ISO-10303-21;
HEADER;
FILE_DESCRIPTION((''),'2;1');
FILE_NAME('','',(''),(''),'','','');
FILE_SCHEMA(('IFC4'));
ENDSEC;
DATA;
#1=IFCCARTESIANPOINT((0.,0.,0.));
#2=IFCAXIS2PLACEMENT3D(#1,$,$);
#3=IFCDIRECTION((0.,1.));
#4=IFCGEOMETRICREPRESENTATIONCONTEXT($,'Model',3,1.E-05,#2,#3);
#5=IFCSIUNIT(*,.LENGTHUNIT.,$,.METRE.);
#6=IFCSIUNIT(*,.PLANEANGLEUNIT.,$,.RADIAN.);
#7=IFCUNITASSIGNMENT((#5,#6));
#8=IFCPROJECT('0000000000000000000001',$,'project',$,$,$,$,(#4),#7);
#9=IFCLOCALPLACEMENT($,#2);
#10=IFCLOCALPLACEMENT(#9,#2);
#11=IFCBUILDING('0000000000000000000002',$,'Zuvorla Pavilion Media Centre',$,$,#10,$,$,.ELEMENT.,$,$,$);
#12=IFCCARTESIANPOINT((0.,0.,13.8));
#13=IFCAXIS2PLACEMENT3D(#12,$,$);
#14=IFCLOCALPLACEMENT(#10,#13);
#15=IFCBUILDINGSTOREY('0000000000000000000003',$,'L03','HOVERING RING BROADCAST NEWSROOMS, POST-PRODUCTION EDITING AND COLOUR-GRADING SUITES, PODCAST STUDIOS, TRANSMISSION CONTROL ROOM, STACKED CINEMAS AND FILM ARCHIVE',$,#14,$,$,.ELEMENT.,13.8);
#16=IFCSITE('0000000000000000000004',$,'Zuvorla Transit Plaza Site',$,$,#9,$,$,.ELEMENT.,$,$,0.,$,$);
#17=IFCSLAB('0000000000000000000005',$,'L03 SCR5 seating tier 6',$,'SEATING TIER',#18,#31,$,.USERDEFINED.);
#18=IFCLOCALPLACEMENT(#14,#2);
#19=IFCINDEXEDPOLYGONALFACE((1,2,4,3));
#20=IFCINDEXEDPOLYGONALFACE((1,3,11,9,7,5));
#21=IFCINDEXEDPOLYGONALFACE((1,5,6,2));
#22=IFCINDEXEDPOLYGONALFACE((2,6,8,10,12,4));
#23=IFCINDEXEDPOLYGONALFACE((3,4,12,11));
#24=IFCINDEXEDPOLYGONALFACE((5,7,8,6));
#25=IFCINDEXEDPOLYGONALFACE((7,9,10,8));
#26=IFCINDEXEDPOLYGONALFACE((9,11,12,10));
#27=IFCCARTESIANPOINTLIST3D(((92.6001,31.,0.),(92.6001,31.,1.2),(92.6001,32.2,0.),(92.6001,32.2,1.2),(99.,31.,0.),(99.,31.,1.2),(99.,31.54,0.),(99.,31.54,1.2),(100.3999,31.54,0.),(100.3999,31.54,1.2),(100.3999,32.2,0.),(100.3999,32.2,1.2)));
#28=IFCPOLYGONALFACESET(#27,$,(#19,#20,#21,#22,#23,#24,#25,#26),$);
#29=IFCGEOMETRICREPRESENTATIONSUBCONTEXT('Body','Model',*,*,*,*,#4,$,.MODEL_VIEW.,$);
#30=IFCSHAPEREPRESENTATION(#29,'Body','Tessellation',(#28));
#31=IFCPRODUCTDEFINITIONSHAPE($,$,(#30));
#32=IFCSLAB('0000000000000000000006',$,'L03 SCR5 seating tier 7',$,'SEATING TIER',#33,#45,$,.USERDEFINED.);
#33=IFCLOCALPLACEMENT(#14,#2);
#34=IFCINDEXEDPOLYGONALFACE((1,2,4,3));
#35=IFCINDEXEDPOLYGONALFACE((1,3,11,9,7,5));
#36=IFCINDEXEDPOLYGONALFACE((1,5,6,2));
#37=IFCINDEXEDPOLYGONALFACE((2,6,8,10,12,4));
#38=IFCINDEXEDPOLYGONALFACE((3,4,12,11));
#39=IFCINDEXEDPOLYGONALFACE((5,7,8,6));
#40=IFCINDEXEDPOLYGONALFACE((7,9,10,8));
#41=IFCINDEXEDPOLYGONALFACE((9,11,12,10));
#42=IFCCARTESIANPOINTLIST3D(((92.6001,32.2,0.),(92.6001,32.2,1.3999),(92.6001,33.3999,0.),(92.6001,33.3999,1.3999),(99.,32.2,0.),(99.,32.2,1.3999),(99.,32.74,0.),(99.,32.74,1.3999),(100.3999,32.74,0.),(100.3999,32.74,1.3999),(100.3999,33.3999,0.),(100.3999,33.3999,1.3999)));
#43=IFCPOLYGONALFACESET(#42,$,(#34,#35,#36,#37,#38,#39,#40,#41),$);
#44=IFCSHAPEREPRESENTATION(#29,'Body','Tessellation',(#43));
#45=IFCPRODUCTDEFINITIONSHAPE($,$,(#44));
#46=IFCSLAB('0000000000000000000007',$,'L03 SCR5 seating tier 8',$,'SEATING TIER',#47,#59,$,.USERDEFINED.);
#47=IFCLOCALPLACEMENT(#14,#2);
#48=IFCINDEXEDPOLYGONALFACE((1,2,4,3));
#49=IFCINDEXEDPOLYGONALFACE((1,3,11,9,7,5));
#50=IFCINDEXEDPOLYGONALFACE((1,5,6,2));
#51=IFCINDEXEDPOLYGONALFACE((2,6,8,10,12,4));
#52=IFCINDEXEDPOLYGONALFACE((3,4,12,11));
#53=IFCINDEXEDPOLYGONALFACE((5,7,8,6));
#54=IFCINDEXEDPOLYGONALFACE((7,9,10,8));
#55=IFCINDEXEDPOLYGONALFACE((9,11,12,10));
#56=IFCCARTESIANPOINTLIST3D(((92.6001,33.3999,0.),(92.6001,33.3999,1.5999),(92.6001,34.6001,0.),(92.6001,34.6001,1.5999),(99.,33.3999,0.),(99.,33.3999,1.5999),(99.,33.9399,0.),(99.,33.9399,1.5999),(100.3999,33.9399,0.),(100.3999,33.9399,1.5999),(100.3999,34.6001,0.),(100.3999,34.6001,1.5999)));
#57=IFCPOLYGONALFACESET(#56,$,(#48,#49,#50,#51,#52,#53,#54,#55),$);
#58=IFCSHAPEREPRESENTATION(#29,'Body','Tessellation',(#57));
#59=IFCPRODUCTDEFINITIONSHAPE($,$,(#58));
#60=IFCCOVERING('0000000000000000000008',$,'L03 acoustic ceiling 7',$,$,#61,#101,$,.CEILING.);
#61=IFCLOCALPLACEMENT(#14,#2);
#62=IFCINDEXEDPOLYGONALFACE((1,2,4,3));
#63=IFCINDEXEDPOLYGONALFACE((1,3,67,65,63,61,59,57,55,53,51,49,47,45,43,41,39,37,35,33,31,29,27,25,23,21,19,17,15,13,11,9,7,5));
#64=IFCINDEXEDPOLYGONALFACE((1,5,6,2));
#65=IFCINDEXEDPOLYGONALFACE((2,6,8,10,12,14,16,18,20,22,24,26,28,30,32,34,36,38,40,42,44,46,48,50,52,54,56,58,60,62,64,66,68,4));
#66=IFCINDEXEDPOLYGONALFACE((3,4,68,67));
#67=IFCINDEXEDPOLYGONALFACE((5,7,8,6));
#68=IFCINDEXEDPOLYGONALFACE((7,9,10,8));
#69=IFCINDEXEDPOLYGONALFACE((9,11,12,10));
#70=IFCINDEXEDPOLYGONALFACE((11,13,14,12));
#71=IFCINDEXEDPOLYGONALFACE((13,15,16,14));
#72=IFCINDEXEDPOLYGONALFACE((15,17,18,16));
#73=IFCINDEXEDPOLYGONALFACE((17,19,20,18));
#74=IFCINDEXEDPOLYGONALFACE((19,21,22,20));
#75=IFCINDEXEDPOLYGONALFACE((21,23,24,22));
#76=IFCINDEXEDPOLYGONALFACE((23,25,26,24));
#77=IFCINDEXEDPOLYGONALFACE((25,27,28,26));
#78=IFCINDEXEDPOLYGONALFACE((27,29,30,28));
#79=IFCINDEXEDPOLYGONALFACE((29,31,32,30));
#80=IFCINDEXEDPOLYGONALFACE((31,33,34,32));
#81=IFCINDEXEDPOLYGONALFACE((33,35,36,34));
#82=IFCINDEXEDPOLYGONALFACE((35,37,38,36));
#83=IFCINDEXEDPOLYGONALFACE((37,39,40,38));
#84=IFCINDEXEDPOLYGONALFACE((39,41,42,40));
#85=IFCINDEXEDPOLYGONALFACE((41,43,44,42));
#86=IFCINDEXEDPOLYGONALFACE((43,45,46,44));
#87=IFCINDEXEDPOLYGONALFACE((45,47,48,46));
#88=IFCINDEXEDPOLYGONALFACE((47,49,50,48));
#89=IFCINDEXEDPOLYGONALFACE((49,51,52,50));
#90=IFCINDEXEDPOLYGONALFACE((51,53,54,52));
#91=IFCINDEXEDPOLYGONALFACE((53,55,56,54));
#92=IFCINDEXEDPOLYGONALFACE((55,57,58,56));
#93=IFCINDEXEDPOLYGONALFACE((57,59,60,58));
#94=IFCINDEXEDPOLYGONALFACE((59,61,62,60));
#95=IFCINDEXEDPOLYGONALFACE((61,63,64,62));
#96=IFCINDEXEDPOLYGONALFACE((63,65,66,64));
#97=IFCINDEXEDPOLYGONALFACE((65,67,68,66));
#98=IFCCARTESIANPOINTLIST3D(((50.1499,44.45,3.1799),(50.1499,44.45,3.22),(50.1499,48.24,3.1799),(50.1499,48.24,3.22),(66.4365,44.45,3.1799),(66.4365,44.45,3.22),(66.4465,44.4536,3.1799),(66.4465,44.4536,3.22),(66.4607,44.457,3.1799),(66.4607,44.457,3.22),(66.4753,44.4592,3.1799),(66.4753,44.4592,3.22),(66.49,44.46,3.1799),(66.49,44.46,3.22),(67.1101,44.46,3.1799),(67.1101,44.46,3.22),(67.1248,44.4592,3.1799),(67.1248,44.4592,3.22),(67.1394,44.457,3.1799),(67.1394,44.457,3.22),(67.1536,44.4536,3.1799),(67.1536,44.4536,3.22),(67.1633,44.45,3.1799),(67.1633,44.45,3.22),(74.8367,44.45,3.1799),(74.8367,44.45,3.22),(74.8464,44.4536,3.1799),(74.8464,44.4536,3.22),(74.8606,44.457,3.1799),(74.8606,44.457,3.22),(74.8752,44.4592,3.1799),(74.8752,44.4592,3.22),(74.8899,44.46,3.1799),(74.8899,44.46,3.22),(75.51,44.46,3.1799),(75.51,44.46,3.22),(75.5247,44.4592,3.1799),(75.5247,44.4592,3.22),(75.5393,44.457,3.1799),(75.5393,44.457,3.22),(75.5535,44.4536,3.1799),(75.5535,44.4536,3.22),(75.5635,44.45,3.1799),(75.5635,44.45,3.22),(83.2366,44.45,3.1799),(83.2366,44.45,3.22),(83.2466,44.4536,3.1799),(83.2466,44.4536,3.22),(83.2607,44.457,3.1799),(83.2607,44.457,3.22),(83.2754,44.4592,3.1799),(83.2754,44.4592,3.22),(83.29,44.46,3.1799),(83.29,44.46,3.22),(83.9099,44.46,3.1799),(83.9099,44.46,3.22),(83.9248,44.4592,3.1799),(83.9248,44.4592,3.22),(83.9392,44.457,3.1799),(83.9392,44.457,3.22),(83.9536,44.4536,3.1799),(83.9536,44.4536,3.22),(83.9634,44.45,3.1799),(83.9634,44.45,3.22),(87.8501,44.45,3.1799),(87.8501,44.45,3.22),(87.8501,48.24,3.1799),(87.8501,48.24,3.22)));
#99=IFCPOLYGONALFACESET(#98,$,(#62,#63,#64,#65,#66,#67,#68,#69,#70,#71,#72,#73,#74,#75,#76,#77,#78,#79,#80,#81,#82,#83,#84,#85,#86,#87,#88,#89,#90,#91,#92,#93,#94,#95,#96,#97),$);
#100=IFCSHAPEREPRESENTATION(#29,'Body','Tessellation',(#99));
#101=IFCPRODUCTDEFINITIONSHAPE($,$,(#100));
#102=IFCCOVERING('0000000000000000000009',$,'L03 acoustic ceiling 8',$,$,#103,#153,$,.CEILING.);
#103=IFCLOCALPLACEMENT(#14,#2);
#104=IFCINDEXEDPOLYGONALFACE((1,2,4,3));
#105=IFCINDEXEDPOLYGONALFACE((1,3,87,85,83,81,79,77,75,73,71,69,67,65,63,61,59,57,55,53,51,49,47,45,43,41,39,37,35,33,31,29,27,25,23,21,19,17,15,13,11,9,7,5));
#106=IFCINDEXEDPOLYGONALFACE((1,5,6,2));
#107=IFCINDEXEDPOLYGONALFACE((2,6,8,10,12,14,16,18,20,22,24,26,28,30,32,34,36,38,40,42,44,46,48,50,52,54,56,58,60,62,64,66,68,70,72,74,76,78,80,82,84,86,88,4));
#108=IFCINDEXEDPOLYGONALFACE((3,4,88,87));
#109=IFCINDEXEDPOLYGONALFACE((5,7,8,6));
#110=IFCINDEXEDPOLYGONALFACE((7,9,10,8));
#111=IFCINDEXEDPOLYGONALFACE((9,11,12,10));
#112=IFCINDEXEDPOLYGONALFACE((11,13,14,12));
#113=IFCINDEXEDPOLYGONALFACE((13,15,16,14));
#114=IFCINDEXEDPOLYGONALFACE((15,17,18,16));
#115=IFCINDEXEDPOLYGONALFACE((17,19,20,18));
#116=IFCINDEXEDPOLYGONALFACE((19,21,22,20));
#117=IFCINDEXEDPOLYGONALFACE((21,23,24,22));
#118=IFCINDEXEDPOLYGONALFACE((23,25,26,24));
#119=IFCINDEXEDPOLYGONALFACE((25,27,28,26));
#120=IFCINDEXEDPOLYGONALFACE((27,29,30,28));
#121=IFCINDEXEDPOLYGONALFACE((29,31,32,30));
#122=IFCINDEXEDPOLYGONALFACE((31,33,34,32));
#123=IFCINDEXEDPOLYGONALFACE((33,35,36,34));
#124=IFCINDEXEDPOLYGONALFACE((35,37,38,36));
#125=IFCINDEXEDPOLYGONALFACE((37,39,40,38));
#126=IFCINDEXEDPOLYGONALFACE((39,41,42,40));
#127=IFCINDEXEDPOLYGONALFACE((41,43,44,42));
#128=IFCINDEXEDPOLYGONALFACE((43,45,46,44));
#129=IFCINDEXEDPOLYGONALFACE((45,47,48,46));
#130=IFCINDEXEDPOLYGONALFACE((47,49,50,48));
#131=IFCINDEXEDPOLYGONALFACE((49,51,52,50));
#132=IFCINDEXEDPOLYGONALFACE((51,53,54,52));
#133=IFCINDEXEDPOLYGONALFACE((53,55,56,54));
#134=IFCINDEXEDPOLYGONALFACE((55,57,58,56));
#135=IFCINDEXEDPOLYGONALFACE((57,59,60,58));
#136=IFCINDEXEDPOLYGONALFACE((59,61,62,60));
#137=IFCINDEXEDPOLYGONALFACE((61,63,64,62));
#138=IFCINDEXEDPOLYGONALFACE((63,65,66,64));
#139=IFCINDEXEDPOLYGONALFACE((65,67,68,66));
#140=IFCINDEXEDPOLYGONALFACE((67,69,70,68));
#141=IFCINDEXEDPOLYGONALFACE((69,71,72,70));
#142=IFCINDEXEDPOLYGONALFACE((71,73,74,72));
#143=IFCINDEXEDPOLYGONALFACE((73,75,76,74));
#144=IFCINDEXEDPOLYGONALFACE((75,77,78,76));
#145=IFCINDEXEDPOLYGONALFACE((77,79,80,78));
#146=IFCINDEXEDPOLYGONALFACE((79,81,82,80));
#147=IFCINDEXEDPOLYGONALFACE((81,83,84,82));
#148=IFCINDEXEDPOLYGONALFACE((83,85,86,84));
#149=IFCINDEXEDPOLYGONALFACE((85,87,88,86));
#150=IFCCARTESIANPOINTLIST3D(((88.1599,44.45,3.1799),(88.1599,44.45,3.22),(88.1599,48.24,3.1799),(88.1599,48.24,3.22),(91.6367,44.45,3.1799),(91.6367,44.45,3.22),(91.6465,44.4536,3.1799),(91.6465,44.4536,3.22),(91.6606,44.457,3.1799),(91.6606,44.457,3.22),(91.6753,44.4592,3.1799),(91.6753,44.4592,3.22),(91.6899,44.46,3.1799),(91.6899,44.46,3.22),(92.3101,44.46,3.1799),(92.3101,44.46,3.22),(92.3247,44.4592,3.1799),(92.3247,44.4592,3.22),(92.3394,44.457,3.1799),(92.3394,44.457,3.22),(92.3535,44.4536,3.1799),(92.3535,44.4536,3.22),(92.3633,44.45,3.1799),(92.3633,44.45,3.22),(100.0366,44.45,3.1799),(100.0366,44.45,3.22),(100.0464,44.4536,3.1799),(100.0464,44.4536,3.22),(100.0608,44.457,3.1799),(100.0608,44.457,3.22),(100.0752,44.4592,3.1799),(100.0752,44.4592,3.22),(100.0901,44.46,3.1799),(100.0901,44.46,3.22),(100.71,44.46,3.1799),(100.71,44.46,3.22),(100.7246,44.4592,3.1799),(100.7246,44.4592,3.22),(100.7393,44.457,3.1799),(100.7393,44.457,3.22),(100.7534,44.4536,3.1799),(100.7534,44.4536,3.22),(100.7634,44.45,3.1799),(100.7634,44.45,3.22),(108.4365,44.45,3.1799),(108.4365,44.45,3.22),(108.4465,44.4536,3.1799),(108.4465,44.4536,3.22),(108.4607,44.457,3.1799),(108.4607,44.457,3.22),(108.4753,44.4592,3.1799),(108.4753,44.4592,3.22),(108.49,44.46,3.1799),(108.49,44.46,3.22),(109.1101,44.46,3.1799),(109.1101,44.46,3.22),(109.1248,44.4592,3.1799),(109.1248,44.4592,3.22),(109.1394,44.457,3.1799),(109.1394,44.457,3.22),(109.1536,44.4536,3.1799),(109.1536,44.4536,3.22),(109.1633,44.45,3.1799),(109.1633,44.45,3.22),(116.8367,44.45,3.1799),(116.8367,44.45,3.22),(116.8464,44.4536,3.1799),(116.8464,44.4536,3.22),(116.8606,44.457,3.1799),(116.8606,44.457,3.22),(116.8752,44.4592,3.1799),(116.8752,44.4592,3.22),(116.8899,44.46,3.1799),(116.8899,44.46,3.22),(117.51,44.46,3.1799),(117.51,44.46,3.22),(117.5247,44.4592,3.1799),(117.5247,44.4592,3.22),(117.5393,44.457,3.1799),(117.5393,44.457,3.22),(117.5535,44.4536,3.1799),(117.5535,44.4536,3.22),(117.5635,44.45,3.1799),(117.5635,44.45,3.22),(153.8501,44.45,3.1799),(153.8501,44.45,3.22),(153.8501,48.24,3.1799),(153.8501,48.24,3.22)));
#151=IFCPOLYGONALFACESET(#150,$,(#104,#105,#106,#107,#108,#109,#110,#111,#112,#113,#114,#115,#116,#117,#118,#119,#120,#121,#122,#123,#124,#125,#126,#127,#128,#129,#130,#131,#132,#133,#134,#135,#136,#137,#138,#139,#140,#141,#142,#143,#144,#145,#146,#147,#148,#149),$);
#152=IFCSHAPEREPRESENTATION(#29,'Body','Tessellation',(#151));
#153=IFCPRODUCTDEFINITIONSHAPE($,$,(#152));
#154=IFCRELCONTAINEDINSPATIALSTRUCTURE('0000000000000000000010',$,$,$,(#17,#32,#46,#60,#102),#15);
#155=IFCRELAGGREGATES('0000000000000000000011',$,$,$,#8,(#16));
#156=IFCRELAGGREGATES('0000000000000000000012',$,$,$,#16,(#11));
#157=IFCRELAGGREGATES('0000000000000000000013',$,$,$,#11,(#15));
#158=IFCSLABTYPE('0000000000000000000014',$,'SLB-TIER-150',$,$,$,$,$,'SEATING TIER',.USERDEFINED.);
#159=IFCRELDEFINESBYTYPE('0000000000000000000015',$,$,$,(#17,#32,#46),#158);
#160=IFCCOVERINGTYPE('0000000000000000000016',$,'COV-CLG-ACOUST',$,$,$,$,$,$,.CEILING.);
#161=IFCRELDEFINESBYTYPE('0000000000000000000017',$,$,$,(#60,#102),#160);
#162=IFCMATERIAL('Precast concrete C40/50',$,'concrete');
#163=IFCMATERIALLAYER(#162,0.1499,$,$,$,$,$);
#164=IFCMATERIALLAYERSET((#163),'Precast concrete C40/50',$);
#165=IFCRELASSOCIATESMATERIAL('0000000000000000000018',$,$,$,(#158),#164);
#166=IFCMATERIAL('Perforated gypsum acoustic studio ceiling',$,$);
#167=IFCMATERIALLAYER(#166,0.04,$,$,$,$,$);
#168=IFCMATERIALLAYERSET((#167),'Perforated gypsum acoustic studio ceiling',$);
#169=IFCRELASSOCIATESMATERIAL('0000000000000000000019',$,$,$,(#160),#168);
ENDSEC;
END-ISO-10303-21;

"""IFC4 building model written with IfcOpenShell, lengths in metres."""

from ifc_helpers import new_model, si_unit, direction, frame, origin, place, context, subcontext, project, spatial, polyline, outline, extrude, material, layer, layer_set, type_object, element, save


model = new_model("IFC4")

# Units and contexts
model_context = context("Model", 3, precision=1e-05, world=origin(), true_north=direction((0.0, 1.0)))
body_context = subcontext(model_context, "Body", "Model", "MODEL_VIEW")
ifc_project = project(units=[si_unit("LENGTHUNIT", "METRE"), si_unit("PLANEANGLEUNIT", "RADIAN")], contexts=[model_context])

# Site, building, storey
site_placement = place(None, origin())
site = spatial("IfcSite", under=ifc_project, at=site_placement, Name="Zuvorla Transit Plaza Site", CompositionType="ELEMENT", RefElevation=0.0)
building_placement = place(site_placement, origin())
building = spatial("IfcBuilding", under=site, at=building_placement, Name="Zuvorla Pavilion Media Centre", CompositionType="ELEMENT")
storey_placement = place(building_placement, frame((0.0, 0.0, 13.8)))
storey = spatial("IfcBuildingStorey", under=building, at=storey_placement, Name="L03", Description="HOVERING RING BROADCAST NEWSROOMS, POST-PRODUCTION EDITING AND COLOUR-GRADING SUITES, PODCAST STUDIOS, TRANSMISSION CONTROL ROOM, STACKED CINEMAS AND FILM ARCHIVE", CompositionType="ELEMENT", Elevation=13.8)

# Slabs
ifc_material_1 = material(Name="Precast concrete C40/50", Category="concrete")
ifc_layer_1 = layer(ifc_material_1, 0.1499)
ifc_layer_set_1 = layer_set([ifc_layer_1], Name="Precast concrete C40/50")
slab_type_1 = type_object("IfcSlabType", Name="SLB-TIER-150", ElementType="SEATING TIER", PredefinedType="USERDEFINED", material=ifc_layer_set_1)
slab_1_placement = place(storey_placement, origin())
element("IfcSlab", 1, at=slab_1_placement, inside=storey, type_object=slab_type_1, Name="L03 SCR5 seating tier 6", ObjectType="SEATING TIER", PredefinedType="USERDEFINED", context=body_context, shape_type="SweptSolid", body=[
    extrude(outline(polyline([(92.6001, 31.0), (99.0, 31.0), (99.0, 31.54), (100.3999, 31.54), (100.3999, 32.2), (92.6001, 32.2), (92.6001, 31.0)])), origin(), (0.0, 0.0, 1.0), 1.2),
])
slab_2_placement = place(storey_placement, origin())
element("IfcSlab", 2, at=slab_2_placement, inside=storey, type_object=slab_type_1, Name="L03 SCR5 seating tier 7", ObjectType="SEATING TIER", PredefinedType="USERDEFINED", context=body_context, shape_type="SweptSolid", body=[
    extrude(outline(polyline([(92.6001, 32.2), (99.0, 32.2), (99.0, 32.74), (100.3999, 32.74), (100.3999, 33.3999), (92.6001, 33.3999), (92.6001, 32.2)])), origin(), (0.0, 0.0, 1.0), 1.3999),
])
slab_3_placement = place(storey_placement, origin())
element("IfcSlab", 3, at=slab_3_placement, inside=storey, type_object=slab_type_1, Name="L03 SCR5 seating tier 8", ObjectType="SEATING TIER", PredefinedType="USERDEFINED", context=body_context, shape_type="SweptSolid", body=[
    extrude(outline(polyline([(92.6001, 33.3999), (99.0, 33.3999), (99.0, 33.9399), (100.3999, 33.9399), (100.3999, 34.6001), (92.6001, 34.6001), (92.6001, 33.3999)])), origin(), (0.0, 0.0, 1.0), 1.5999),
])

# Coverings
ifc_material_2 = material(Name="Perforated gypsum acoustic studio ceiling")
ifc_layer_2 = layer(ifc_material_2, 0.04)
ifc_layer_set_2 = layer_set([ifc_layer_2], Name="Perforated gypsum acoustic studio ceiling")
covering_type_1 = type_object("IfcCoveringType", Name="COV-CLG-ACOUST", PredefinedType="CEILING", material=ifc_layer_set_2)
covering_1_placement = place(storey_placement, frame((0.0, 0.0, 3.1799)))
element("IfcCovering", 4, at=covering_1_placement, inside=storey, type_object=covering_type_1, Name="L03 acoustic ceiling 7", PredefinedType="CEILING", context=body_context, shape_type="SweptSolid", body=[
    extrude(outline(polyline([(66.4365, 44.45), (50.1499, 44.45), (50.1499, 48.24), (87.8501, 48.24), (87.8501, 44.45), (83.9634, 44.45), (83.9536, 44.4536), (83.9392, 44.457), (83.9248, 44.4592), (83.9099, 44.46), (83.29, 44.46), (83.2754, 44.4592), (83.2607, 44.457), (83.2466, 44.4536), (83.2366, 44.45), (75.5635, 44.45), (75.5535, 44.4536), (75.5393, 44.457), (75.5247, 44.4592), (75.51, 44.46), (74.8899, 44.46), (74.8752, 44.4592), (74.8606, 44.457), (74.8464, 44.4536), (74.8367, 44.45), (67.1633, 44.45), (67.1536, 44.4536), (67.1394, 44.457), (67.1248, 44.4592), (67.1101, 44.46), (66.49, 44.46), (66.4753, 44.4592), (66.4607, 44.457), (66.4465, 44.4536), (66.4365, 44.45)])), origin(), (0.0, 0.0, 1.0), 0.04),
])
covering_2_placement = place(storey_placement, frame((0.0, 0.0, 3.1799)))
element("IfcCovering", 5, at=covering_2_placement, inside=storey, type_object=covering_type_1, Name="L03 acoustic ceiling 8", PredefinedType="CEILING", context=body_context, shape_type="SweptSolid", body=[
    extrude(outline(polyline([(91.6367, 44.45), (88.1599, 44.45), (88.1599, 48.24), (153.8501, 48.24), (153.8501, 44.45), (117.5635, 44.45), (117.5535, 44.4536), (117.5393, 44.457), (117.5247, 44.4592), (117.51, 44.46), (116.8899, 44.46), (116.8752, 44.4592), (116.8606, 44.457), (116.8464, 44.4536), (116.8367, 44.45), (109.1633, 44.45), (109.1536, 44.4536), (109.1394, 44.457), (109.1248, 44.4592), (109.1101, 44.46), (108.49, 44.46), (108.4753, 44.4592), (108.4607, 44.457), (108.4465, 44.4536), (108.4365, 44.45), (100.7634, 44.45), (100.7534, 44.4536), (100.7393, 44.457), (100.7246, 44.4592), (100.71, 44.46), (100.0901, 44.46), (100.0752, 44.4592), (100.0608, 44.457), (100.0464, 44.4536), (100.0366, 44.45), (92.3633, 44.45), (92.3535, 44.4536), (92.3394, 44.457), (92.3247, 44.4592), (92.3101, 44.46), (91.6899, 44.46), (91.6753, 44.4592), (91.6606, 44.457), (91.6465, 44.4536), (91.6367, 44.45)])), origin(), (0.0, 0.0, 1.0), 0.04),
])

save(model, "model.ifc")
